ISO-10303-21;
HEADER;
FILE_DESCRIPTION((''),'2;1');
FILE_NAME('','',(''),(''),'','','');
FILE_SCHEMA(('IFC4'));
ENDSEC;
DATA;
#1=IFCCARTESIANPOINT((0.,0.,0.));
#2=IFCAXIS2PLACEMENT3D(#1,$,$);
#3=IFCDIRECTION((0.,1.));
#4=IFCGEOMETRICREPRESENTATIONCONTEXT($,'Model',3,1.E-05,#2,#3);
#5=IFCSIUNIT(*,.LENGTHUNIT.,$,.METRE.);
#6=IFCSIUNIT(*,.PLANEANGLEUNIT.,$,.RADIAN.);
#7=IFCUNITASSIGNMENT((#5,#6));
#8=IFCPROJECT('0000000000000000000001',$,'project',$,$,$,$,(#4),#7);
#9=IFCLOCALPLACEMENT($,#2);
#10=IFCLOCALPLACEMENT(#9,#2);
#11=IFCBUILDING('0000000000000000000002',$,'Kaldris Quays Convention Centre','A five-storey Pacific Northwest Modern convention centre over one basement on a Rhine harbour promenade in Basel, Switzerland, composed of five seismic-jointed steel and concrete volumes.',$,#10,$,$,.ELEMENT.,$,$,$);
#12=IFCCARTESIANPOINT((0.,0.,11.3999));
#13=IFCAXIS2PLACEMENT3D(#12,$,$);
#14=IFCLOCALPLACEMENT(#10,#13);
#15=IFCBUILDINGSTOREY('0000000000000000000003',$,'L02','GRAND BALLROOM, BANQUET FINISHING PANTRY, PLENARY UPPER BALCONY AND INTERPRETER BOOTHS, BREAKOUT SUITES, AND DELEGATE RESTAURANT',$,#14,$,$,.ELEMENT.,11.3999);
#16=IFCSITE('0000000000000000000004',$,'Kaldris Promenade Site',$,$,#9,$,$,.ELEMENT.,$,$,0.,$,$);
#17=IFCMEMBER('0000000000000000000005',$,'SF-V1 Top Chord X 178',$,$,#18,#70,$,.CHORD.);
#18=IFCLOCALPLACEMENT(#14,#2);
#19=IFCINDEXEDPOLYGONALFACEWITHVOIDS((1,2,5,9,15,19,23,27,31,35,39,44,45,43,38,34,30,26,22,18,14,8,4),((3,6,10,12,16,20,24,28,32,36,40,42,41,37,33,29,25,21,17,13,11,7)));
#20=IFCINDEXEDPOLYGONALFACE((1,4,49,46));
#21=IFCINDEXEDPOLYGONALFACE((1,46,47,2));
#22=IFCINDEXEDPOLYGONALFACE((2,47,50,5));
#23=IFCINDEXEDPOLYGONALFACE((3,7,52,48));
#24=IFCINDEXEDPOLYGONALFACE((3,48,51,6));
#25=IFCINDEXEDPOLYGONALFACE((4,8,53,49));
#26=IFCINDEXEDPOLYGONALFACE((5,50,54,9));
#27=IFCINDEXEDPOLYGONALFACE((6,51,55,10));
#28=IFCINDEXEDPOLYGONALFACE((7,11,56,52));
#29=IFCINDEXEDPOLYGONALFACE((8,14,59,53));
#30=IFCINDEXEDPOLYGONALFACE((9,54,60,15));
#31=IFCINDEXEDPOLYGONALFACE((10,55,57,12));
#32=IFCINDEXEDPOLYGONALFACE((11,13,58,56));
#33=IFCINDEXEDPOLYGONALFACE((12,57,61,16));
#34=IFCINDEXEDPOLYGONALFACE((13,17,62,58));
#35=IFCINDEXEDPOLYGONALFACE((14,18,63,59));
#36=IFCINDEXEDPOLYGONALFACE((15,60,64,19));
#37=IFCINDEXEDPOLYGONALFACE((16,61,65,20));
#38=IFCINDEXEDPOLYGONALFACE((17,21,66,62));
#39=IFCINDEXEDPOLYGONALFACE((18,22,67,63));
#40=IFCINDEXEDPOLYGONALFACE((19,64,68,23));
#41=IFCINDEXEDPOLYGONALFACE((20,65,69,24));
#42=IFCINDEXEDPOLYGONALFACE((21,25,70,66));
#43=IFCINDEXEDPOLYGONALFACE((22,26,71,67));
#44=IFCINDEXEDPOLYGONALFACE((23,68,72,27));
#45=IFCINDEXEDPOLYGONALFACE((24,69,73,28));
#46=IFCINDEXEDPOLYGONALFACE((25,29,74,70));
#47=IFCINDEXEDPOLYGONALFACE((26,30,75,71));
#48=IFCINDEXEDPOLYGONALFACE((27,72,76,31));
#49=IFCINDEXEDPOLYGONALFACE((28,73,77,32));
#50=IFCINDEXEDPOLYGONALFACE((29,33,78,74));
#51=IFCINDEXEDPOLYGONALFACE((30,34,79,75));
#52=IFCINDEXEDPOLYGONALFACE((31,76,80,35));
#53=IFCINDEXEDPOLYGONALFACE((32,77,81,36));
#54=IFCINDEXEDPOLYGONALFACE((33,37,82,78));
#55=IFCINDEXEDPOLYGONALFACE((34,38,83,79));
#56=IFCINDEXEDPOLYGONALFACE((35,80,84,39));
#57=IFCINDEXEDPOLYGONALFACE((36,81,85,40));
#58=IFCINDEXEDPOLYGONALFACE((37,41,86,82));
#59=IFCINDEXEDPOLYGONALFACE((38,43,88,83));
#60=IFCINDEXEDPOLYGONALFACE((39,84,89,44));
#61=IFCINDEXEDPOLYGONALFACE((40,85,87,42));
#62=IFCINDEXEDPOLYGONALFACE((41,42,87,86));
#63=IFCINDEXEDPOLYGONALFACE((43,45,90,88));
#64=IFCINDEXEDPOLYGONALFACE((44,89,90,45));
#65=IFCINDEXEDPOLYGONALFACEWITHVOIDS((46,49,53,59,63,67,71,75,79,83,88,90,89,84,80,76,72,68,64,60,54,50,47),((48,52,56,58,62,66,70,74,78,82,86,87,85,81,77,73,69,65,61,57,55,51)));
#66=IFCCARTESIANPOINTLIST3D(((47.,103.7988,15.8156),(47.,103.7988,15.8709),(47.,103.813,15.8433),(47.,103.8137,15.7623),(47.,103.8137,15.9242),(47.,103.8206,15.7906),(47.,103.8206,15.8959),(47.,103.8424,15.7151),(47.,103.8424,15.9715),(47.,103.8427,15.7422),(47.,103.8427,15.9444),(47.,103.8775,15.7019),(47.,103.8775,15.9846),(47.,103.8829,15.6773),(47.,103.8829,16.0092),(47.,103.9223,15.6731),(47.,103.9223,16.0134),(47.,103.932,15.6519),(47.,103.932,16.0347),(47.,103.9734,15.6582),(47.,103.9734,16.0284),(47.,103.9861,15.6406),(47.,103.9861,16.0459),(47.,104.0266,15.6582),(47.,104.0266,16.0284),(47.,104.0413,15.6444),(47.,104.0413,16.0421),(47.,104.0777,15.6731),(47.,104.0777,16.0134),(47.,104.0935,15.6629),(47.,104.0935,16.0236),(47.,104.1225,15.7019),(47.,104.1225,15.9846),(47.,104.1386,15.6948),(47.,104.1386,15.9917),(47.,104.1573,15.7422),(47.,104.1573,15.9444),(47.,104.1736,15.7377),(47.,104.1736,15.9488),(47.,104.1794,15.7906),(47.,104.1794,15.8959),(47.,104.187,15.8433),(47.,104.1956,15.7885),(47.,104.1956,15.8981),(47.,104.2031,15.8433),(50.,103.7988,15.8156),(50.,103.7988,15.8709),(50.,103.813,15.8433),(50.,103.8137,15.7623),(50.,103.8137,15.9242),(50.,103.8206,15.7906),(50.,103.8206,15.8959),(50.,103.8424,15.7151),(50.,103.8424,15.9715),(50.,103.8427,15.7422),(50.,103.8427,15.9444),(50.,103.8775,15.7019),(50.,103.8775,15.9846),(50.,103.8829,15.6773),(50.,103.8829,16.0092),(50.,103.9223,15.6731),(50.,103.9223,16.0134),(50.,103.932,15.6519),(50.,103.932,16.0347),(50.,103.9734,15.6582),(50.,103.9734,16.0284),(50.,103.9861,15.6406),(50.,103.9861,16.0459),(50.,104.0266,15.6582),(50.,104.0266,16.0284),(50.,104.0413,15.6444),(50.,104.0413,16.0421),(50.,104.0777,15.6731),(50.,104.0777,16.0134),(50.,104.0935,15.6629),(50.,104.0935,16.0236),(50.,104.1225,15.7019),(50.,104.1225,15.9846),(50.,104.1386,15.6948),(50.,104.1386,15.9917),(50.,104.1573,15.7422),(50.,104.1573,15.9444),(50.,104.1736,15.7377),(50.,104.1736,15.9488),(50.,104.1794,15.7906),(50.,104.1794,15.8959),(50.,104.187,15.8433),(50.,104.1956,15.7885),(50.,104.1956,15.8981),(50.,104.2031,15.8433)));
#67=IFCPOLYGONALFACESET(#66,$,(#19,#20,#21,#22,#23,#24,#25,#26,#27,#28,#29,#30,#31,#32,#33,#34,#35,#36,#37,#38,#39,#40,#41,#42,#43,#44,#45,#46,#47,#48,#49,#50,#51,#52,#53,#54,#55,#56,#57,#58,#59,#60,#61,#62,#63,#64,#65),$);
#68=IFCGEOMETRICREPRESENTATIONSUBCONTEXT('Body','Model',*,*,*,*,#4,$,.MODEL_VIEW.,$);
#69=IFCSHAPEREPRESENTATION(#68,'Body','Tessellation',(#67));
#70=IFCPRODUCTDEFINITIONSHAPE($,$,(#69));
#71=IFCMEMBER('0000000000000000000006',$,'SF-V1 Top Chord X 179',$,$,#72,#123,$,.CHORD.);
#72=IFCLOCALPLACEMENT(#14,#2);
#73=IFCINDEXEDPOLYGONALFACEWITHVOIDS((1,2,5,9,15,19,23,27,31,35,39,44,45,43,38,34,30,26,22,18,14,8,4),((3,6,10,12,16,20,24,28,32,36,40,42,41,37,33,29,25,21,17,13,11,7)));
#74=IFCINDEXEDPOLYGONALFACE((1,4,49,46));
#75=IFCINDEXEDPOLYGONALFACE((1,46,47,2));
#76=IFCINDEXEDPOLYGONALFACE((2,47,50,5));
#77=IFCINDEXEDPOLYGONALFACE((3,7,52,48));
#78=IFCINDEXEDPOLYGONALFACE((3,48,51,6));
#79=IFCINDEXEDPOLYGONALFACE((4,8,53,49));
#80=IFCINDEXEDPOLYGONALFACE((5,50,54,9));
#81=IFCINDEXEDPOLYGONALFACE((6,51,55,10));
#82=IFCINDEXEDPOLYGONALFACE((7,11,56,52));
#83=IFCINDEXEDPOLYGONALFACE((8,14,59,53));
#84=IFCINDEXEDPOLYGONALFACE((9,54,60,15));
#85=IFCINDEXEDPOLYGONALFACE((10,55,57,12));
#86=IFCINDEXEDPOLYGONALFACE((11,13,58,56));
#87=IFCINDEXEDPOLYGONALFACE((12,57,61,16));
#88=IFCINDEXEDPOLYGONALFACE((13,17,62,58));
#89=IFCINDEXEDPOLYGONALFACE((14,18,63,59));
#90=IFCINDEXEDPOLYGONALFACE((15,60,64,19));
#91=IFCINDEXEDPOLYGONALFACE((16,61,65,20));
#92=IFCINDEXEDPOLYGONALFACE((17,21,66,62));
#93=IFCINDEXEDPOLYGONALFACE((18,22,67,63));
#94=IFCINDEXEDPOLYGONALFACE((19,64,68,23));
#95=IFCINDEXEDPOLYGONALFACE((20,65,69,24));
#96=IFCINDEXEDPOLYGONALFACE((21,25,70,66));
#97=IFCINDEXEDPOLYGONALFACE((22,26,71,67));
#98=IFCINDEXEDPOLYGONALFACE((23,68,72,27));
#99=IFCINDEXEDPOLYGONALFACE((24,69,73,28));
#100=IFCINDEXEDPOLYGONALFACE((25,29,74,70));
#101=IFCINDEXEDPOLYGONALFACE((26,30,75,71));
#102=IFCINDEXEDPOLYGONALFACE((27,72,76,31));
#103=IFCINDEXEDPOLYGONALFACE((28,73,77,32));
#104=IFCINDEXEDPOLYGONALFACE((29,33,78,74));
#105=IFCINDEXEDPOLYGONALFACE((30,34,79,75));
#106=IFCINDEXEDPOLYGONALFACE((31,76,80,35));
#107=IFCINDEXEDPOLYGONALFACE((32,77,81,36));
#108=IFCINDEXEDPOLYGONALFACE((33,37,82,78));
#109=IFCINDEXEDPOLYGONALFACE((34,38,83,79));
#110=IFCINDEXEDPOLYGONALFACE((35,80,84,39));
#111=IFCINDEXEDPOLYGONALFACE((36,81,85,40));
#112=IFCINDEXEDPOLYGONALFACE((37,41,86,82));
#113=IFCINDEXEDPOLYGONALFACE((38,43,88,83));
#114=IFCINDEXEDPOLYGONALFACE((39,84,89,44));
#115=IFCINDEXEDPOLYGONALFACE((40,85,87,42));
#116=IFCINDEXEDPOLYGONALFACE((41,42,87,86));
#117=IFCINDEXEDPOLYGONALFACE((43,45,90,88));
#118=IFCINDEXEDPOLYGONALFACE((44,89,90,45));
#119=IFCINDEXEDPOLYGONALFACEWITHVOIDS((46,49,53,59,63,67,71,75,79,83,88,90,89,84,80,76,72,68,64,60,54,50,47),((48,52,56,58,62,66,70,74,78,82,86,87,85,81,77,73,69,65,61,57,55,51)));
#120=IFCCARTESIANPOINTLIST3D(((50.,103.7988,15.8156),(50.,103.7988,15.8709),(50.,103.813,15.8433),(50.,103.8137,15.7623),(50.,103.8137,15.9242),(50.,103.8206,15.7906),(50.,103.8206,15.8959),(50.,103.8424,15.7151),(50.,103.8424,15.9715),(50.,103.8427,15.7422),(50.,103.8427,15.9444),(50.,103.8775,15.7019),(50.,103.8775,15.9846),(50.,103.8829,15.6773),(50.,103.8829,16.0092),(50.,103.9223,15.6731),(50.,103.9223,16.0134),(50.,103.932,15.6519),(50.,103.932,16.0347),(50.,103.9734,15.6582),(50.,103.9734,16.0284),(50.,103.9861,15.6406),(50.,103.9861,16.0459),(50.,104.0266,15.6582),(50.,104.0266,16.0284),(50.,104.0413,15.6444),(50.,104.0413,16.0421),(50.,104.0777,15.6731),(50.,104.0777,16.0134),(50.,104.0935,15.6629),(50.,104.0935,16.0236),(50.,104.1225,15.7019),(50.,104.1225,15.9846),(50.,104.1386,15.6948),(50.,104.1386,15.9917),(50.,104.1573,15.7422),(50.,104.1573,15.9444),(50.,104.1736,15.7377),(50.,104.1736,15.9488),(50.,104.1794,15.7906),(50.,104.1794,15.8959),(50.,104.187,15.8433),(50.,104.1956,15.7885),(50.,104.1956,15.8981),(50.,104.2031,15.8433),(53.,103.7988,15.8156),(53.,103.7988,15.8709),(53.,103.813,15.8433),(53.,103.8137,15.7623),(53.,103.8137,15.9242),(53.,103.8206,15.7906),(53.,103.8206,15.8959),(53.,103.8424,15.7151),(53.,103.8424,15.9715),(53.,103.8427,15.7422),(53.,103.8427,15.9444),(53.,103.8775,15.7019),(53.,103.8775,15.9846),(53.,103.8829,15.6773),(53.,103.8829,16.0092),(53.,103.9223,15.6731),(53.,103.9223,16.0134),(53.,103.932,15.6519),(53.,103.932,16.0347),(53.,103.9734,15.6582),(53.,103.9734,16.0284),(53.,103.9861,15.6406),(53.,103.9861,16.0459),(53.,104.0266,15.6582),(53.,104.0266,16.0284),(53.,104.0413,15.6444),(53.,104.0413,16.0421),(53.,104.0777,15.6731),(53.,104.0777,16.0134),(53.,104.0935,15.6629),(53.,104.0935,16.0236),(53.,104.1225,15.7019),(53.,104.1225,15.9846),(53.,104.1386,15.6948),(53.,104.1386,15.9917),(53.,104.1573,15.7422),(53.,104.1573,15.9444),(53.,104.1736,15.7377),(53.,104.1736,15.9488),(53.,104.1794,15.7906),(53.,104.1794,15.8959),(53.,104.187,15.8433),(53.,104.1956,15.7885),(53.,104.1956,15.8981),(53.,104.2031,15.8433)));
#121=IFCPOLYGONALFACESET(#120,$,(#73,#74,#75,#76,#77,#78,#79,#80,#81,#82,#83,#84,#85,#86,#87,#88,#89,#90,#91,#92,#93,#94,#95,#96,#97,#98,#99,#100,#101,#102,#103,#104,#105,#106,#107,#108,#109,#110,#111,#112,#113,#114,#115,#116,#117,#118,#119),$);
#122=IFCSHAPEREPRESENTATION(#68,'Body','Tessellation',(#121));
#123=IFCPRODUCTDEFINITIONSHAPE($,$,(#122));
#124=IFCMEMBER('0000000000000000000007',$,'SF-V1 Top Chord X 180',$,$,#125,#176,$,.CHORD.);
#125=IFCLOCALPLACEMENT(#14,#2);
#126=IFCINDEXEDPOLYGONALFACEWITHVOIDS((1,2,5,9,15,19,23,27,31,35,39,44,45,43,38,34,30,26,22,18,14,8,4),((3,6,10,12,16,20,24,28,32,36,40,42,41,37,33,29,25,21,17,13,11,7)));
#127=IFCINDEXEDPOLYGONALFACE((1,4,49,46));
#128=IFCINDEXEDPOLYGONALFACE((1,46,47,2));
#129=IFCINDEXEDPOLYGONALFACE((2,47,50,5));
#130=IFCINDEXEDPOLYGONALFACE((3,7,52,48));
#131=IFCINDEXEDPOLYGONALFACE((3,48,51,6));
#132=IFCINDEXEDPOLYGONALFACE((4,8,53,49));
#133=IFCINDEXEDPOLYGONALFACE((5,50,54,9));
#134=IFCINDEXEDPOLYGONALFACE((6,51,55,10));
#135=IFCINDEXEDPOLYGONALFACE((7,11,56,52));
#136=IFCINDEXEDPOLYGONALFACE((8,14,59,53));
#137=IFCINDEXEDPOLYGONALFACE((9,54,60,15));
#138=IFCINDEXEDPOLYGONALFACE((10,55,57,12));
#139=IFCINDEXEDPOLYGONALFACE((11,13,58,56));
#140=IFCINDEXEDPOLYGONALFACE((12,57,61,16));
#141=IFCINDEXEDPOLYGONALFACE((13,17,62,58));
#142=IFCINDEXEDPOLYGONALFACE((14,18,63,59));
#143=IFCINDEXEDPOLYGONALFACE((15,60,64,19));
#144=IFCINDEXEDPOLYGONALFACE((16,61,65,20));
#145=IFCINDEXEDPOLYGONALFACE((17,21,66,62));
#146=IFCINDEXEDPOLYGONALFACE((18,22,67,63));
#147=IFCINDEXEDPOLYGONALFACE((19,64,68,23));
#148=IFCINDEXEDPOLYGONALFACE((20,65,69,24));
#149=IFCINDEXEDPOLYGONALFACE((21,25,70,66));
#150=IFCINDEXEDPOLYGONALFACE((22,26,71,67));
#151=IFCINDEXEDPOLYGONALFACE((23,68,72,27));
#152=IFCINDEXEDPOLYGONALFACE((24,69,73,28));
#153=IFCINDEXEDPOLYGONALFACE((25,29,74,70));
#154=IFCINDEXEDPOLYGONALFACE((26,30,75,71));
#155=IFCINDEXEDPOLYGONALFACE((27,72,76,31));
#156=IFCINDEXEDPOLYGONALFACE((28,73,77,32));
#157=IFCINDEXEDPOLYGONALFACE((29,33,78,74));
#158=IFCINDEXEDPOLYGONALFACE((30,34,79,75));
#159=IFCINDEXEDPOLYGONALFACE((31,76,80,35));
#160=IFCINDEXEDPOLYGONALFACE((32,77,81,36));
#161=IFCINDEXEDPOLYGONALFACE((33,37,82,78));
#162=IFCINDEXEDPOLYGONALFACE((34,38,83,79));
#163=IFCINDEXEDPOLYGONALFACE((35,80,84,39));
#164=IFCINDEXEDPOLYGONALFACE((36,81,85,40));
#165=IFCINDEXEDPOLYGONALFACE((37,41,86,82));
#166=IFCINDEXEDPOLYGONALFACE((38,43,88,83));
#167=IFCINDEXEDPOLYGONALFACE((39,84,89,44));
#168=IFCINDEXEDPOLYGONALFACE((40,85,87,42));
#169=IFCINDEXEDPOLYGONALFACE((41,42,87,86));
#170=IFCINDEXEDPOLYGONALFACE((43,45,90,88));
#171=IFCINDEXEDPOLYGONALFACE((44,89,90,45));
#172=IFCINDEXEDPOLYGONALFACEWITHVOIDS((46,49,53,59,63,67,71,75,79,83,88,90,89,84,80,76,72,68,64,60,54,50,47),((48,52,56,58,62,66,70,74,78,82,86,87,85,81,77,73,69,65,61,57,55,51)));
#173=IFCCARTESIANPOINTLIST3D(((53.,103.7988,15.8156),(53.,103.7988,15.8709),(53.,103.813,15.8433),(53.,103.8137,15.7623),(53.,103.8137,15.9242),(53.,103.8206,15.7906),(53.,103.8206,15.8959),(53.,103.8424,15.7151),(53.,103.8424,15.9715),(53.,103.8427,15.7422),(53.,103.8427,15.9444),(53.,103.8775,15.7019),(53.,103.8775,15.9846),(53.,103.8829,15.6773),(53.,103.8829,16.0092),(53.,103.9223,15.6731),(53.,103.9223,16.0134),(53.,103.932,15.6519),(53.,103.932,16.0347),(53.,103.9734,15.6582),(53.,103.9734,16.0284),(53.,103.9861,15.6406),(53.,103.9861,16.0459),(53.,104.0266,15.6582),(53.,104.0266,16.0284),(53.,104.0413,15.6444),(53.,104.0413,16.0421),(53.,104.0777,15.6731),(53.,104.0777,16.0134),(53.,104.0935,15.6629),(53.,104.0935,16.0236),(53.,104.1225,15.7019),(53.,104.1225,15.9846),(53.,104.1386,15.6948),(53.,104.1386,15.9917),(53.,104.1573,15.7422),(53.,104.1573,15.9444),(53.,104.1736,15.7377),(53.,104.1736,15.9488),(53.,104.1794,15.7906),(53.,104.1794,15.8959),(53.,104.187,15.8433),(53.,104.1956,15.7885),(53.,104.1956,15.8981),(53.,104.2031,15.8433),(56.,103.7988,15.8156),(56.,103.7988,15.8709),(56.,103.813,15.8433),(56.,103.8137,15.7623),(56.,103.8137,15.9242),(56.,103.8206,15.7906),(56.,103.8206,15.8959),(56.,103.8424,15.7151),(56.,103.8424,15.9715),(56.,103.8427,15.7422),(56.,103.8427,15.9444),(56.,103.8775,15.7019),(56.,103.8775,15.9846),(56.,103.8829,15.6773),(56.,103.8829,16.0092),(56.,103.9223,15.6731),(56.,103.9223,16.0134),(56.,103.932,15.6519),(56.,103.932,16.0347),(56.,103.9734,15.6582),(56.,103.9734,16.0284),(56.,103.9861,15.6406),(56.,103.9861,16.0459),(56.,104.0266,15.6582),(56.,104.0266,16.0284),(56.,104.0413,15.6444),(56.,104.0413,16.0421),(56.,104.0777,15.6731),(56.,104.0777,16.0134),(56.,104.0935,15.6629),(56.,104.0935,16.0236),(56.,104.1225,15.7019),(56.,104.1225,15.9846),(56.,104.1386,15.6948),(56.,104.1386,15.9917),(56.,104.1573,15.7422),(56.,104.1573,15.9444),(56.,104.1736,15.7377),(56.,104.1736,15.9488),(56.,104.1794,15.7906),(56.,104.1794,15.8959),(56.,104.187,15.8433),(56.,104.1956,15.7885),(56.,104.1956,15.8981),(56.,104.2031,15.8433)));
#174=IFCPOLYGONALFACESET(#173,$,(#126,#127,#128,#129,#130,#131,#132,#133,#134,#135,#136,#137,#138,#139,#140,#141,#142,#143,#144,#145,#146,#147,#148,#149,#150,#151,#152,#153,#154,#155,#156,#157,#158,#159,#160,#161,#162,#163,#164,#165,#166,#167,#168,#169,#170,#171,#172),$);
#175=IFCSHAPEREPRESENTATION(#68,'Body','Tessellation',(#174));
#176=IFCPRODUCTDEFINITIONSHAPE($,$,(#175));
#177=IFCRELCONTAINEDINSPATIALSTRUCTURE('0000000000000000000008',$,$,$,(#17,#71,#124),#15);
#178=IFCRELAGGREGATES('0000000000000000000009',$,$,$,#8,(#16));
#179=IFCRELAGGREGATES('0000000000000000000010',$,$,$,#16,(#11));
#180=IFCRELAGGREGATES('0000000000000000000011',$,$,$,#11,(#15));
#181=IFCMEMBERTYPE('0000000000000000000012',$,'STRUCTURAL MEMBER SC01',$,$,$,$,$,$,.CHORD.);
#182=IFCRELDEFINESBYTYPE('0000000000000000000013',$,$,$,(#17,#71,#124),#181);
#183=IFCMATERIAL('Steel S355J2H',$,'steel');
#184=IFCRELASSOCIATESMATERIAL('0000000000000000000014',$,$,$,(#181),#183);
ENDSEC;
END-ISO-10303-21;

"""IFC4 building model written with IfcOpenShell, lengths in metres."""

from ifc_helpers import new_model, si_unit, direction, frame, origin, origin_2d, place, context, subcontext, project, spatial, hollow_circle, extrude, material, material_profile, profile_set, type_object, element, save


model = new_model("IFC4")

# Units and contexts
model_context = context("Model", 3, precision=1e-05, world=origin(), true_north=direction((0.0, 1.0)))
body_context = subcontext(model_context, "Body", "Model", "MODEL_VIEW")
ifc_project = project(units=[si_unit("LENGTHUNIT", "METRE"), si_unit("PLANEANGLEUNIT", "RADIAN")], contexts=[model_context])

# Site, building, storey
site_placement = place(None, origin())
site = spatial("IfcSite", under=ifc_project, at=site_placement, Name="Kaldris Promenade Site", CompositionType="ELEMENT", RefElevation=0.0)
building_placement = place(site_placement, origin())
building = spatial("IfcBuilding", under=site, at=building_placement, Name="Kaldris Quays Convention Centre", Description="A five-storey Pacific Northwest Modern convention centre over one basement on a Rhine harbour promenade in Basel, Switzerland, composed of five seismic-jointed steel and concrete volumes.", CompositionType="ELEMENT")
storey_placement = place(building_placement, frame((0.0, 0.0, 11.3999)))
storey = spatial("IfcBuildingStorey", under=building, at=storey_placement, Name="L02", Description="GRAND BALLROOM, BANQUET FINISHING PANTRY, PLENARY UPPER BALCONY AND INTERPRETER BOOTHS, BREAKOUT SUITES, AND DELEGATE RESTAURANT", CompositionType="ELEMENT", Elevation=11.3999)

# Members
ifc_material = material(Name="Steel S355J2H", Category="steel")
ifc_material_profile_1 = material_profile(ifc_material, hollow_circle(Radius=0.2031, WallThickness=0.0161, at=origin_2d()), Name="CHS 406.4x16")
ifc_profile_set_1 = profile_set([ifc_material_profile_1], Name="Steel S355J2H")
member_type_1 = type_object("IfcMemberType", Name="STRUCTURAL MEMBER SC01", PredefinedType="CHORD", material=ifc_profile_set_1)
for number, where, z_axis, x_axis, name in (
    (1, (47.0, 104.0, 15.8433), (1.0, 0.0, 0.0), (0.0, 1.0, 0.0), "SF-V1 Top Chord X 178"),
    (2, (50.0, 104.0, 15.8433), (1.0, 0.0, 0.0), (0.0, 1.0, 0.0), "SF-V1 Top Chord X 179"),
    (3, (53.0, 104.0, 15.8433), (1.0, 0.0, 0.0), (0.0, 1.0, 0.0), "SF-V1 Top Chord X 180"),
):
    element("IfcMember", number, at=place(storey_placement, frame(where, z_axis=z_axis, x_axis=x_axis)), inside=storey, type_object=member_type_1, Name=name, PredefinedType="CHORD", context=body_context, shape_type="SweptSolid", body=[
        extrude(hollow_circle(Radius=0.2031, WallThickness=0.0161, at=origin_2d()), origin(), (0.0, 0.0, 1.0), 3.0),
    ])

save(model, "model.ifc")
